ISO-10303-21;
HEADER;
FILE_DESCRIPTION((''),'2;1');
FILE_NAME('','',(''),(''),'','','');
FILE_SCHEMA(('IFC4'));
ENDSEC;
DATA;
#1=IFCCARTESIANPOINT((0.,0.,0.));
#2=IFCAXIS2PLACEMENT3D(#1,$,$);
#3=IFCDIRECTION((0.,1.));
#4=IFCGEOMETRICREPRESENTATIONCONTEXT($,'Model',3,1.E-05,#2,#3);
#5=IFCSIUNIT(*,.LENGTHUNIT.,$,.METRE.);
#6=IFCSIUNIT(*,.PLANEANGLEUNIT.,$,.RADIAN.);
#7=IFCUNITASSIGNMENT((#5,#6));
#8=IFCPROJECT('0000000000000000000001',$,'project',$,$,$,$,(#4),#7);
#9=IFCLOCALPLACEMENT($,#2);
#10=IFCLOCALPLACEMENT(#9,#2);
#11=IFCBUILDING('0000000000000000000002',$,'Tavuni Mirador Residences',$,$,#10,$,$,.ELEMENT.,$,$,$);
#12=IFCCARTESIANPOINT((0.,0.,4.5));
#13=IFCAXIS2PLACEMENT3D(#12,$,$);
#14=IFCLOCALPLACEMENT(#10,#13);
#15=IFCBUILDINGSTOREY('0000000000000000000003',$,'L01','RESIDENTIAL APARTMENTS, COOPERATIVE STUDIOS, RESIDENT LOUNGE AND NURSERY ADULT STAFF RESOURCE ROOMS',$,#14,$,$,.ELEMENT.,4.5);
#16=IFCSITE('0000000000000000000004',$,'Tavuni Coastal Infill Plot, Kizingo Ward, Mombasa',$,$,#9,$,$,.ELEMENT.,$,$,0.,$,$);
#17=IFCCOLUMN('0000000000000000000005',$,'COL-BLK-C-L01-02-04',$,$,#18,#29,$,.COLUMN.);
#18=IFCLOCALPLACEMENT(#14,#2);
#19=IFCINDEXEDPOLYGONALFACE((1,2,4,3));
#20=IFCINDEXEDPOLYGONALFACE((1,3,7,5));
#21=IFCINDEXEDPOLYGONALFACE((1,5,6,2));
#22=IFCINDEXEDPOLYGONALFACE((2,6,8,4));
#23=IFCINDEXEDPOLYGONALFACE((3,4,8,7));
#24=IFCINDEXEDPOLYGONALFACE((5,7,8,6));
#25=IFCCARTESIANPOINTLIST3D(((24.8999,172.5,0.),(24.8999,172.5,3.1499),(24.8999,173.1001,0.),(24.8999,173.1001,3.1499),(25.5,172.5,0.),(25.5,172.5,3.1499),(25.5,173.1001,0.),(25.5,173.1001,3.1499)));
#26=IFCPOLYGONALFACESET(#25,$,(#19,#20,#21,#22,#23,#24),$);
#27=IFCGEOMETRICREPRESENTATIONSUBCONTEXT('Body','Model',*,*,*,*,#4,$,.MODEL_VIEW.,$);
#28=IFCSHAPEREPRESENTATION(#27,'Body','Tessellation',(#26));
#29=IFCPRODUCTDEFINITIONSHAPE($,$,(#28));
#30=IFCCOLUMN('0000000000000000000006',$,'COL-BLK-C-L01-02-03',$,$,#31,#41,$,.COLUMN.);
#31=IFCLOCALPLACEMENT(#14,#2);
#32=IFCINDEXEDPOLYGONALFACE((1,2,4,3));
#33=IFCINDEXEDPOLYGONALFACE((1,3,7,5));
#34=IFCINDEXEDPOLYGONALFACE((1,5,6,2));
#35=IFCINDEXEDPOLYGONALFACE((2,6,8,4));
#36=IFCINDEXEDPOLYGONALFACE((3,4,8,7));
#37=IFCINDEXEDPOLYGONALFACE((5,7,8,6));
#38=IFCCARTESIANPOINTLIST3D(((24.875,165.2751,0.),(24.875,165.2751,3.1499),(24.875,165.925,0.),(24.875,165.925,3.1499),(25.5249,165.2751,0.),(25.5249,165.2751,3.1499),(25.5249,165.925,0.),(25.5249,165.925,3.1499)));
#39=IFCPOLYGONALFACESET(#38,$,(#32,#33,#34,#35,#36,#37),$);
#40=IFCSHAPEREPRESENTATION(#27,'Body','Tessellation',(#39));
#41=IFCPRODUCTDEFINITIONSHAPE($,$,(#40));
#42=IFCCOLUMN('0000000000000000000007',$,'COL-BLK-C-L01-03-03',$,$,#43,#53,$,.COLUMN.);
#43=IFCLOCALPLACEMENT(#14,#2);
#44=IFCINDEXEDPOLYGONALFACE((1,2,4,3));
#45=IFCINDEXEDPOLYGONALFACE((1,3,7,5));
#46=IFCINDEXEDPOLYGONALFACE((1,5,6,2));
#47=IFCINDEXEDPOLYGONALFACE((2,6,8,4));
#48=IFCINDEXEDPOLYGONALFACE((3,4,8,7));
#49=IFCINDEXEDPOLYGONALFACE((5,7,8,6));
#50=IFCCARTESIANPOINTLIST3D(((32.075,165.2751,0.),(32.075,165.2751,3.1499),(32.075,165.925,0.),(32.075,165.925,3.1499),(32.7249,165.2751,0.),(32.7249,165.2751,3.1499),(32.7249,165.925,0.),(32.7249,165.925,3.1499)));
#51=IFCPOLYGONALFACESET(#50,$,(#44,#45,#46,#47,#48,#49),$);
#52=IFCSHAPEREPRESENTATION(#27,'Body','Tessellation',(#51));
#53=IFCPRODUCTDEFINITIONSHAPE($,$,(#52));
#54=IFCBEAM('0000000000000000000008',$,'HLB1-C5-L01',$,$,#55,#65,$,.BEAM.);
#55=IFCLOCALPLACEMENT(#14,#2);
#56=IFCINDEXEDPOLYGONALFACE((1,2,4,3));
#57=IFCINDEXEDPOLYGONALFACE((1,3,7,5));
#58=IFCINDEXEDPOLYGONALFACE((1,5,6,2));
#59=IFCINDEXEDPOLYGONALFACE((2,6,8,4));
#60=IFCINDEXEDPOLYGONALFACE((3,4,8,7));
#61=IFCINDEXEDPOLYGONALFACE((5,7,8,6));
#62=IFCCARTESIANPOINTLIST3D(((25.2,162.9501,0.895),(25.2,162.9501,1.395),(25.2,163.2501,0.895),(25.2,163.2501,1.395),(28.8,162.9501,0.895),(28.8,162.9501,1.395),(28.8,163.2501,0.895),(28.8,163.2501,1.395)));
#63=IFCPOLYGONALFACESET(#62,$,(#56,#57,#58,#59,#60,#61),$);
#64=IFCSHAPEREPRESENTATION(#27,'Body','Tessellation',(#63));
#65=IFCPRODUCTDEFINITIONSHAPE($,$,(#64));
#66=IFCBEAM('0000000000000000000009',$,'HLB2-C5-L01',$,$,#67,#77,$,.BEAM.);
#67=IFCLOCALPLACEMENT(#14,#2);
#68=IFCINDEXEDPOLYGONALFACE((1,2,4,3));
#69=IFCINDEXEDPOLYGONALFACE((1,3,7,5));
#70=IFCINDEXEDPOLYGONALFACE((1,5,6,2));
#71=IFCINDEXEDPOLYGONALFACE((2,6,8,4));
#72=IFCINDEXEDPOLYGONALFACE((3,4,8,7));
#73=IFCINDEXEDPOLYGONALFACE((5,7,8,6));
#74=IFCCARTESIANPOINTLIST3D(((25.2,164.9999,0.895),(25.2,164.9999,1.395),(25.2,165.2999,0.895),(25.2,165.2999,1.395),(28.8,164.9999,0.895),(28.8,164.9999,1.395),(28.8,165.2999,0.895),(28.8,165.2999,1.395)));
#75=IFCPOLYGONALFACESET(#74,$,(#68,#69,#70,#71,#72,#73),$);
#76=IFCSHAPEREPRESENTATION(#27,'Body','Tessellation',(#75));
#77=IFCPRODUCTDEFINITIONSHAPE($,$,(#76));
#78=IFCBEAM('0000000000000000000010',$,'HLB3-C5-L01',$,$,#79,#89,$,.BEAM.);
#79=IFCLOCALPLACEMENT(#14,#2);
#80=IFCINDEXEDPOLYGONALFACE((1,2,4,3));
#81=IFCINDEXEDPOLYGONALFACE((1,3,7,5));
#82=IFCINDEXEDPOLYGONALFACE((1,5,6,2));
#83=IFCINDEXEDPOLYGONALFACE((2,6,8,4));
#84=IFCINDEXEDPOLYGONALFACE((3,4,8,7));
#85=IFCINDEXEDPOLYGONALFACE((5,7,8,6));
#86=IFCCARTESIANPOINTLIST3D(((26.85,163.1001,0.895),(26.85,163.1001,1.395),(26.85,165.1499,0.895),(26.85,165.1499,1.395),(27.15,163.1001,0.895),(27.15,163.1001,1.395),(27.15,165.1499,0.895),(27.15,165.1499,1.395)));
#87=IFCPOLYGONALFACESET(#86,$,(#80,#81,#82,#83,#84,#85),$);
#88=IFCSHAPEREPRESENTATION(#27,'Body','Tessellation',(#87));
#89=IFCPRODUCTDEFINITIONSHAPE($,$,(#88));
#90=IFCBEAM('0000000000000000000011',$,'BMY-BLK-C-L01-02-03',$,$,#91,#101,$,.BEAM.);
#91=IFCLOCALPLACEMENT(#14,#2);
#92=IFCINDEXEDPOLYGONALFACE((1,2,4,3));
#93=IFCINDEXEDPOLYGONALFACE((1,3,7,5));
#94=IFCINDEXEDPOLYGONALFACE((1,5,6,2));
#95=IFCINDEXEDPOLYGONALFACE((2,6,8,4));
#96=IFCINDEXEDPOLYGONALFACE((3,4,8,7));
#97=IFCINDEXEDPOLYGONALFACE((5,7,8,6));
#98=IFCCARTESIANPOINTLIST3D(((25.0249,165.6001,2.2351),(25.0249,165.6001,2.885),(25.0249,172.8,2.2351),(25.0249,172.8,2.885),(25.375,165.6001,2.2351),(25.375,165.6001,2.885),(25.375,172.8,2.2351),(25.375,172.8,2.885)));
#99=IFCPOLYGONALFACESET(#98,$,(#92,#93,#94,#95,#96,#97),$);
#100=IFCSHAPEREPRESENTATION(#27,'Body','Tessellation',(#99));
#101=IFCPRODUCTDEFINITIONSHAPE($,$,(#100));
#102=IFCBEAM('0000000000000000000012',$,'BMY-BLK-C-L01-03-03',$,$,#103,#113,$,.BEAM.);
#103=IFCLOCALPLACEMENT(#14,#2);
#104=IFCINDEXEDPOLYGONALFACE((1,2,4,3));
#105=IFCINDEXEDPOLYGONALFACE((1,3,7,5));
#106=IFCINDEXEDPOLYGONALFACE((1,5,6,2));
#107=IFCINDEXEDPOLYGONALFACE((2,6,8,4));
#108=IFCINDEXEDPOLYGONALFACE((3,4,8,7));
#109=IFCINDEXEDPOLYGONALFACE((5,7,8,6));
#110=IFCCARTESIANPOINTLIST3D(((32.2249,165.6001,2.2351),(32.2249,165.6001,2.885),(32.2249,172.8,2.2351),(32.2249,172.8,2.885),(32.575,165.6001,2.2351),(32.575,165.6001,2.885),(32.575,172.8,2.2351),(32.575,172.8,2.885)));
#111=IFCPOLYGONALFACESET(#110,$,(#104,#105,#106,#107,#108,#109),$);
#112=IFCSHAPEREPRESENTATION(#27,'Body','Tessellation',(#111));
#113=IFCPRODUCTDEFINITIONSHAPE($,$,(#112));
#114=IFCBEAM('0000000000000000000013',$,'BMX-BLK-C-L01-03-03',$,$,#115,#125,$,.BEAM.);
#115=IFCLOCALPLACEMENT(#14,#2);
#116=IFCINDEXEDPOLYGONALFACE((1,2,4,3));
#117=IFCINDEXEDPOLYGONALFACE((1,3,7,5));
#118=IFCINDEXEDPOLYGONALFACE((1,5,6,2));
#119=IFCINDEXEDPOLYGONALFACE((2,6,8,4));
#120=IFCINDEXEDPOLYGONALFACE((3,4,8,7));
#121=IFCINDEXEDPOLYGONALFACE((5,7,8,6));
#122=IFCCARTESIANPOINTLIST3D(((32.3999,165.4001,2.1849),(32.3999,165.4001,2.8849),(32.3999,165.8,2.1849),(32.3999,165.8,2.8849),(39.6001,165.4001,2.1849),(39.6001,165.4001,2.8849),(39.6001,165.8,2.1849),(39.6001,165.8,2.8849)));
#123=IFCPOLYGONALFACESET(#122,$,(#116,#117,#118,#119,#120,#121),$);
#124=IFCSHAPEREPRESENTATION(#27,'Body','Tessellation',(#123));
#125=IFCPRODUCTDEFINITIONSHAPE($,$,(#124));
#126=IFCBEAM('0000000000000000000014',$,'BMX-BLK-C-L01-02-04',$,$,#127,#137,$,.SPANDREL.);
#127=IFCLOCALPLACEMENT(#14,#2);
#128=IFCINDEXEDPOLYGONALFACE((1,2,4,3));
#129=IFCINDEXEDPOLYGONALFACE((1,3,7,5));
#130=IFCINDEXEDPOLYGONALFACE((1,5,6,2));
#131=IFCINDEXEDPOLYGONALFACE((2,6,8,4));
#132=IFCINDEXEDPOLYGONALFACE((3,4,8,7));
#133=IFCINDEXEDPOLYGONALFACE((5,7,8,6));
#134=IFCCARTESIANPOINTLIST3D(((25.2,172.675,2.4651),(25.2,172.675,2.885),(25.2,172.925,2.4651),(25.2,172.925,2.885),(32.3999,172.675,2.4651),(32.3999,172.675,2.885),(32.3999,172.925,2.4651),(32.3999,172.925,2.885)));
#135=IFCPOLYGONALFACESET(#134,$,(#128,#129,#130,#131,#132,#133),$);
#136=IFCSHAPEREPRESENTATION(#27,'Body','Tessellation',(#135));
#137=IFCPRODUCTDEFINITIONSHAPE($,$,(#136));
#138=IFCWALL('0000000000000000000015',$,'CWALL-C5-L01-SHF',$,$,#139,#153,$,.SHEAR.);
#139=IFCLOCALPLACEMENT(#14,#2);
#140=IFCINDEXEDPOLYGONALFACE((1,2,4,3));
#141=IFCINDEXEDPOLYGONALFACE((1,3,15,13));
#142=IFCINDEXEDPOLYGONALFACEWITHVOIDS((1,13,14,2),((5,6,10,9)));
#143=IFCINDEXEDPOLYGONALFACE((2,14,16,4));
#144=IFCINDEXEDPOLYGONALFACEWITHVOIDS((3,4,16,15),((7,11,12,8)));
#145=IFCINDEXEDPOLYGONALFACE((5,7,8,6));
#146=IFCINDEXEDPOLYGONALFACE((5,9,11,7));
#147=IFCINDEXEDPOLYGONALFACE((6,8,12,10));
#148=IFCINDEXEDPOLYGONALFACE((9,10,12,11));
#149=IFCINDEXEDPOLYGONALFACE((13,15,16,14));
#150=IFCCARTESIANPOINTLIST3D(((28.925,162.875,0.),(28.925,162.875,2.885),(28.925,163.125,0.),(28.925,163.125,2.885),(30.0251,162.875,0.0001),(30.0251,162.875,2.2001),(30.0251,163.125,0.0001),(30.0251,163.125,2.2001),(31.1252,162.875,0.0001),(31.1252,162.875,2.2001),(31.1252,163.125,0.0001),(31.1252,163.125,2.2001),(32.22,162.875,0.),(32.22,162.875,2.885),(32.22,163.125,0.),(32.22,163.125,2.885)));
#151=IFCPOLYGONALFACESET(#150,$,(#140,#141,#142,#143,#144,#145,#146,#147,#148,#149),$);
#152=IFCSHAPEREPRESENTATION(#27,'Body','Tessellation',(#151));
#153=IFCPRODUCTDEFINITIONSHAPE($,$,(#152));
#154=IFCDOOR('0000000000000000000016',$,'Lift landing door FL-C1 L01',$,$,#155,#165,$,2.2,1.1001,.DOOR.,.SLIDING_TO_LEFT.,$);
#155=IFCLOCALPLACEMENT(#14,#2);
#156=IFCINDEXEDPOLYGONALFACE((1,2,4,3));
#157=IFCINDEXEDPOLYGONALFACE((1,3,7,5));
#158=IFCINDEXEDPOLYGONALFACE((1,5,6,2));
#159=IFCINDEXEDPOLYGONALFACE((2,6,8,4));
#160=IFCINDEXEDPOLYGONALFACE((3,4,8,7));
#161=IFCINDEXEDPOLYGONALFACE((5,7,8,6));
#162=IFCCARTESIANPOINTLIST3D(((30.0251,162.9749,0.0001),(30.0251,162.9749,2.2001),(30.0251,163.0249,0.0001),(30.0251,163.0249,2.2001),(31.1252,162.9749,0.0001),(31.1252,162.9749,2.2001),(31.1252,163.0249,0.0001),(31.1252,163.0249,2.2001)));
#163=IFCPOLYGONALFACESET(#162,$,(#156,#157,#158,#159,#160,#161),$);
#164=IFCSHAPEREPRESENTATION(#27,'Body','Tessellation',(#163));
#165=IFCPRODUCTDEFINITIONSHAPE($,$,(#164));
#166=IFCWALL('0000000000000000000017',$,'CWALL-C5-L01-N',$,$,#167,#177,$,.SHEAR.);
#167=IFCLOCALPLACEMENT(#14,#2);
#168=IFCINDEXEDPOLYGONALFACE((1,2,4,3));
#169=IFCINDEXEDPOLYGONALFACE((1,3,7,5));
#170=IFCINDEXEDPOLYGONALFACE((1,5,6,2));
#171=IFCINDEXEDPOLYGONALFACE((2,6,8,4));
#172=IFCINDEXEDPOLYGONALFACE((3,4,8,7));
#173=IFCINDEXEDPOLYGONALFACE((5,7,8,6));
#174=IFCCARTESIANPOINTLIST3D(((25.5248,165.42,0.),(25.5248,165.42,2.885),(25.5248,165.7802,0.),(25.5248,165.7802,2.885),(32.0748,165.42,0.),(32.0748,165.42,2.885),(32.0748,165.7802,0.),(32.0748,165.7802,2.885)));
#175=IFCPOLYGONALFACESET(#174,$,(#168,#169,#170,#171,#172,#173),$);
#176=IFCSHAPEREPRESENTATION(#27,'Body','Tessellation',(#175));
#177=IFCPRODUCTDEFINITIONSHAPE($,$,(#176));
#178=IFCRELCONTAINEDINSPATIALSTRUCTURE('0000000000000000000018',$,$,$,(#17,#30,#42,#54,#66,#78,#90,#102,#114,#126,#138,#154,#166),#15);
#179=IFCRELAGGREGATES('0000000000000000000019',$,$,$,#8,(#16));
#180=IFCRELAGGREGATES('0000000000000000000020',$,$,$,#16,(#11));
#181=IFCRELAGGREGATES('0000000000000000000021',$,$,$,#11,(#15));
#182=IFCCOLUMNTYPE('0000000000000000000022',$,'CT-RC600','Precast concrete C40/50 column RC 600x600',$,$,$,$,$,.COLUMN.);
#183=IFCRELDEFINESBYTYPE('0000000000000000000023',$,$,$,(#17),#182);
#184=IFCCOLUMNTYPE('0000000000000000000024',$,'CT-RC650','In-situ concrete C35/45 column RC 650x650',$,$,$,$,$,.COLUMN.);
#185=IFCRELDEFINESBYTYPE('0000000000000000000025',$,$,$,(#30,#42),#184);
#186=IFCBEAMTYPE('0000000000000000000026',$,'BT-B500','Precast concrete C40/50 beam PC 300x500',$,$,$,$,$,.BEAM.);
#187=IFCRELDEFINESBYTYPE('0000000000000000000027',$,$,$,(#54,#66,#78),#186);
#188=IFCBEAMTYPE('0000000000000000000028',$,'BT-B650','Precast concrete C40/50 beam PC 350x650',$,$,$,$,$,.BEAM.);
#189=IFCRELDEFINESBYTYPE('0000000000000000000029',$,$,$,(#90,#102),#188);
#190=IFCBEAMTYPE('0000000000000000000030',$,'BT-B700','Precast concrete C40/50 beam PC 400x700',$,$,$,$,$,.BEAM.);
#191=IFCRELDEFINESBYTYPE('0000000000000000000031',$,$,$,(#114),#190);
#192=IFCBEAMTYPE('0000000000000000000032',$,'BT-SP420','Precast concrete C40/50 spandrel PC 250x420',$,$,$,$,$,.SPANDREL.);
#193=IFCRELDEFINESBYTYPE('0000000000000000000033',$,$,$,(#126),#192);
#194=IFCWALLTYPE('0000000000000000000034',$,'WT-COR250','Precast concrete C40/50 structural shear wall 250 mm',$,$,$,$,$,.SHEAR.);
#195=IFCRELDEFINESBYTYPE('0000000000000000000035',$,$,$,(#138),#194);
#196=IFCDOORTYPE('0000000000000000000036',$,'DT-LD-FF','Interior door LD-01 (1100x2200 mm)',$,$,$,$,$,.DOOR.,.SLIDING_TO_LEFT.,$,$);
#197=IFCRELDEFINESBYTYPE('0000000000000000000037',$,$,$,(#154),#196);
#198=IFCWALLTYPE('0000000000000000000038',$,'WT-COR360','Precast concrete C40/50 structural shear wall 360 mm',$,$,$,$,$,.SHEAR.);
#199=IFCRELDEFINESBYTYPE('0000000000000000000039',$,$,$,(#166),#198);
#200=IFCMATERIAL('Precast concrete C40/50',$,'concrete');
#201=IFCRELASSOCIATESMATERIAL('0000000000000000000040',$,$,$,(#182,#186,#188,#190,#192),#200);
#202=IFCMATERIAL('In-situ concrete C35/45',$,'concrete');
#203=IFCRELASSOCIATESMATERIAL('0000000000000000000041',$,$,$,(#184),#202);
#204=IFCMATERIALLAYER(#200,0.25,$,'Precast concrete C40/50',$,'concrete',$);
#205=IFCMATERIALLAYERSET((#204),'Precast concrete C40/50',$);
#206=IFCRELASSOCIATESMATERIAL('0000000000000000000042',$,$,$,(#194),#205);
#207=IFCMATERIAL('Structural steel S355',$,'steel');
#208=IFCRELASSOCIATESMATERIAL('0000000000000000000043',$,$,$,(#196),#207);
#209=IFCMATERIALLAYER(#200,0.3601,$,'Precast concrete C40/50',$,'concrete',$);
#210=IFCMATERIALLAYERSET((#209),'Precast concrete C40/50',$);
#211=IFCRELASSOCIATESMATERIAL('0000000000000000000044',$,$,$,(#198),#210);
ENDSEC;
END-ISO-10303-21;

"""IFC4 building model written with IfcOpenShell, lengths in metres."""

from ifc_helpers import new_model, si_unit, direction, frame, frame_2d, origin, origin_2d, place, context, subcontext, project, spatial, rectangle, extrude, material, layer, layer_set, material_profile, profile_set, type_object, element, fill, save


model = new_model("IFC4")

# Units and contexts
model_context = context("Model", 3, precision=1e-05, world=origin(), true_north=direction((0.0, 1.0)))
body_context = subcontext(model_context, "Body", "Model", "MODEL_VIEW")
ifc_project = project(units=[si_unit("LENGTHUNIT", "METRE"), si_unit("PLANEANGLEUNIT", "RADIAN")], contexts=[model_context])

# Site, building, storey
site_placement = place(None, origin())
site = spatial("IfcSite", under=ifc_project, at=site_placement, Name="Tavuni Coastal Infill Plot, Kizingo Ward, Mombasa", CompositionType="ELEMENT", RefElevation=0.0)
building_placement = place(site_placement, origin())
building = spatial("IfcBuilding", under=site, at=building_placement, Name="Tavuni Mirador Residences", CompositionType="ELEMENT")
storey_placement = place(building_placement, frame((0.0, 0.0, 4.5)))
storey = spatial("IfcBuildingStorey", under=building, at=storey_placement, Name="L01", Description="RESIDENTIAL APARTMENTS, COOPERATIVE STUDIOS, RESIDENT LOUNGE AND NURSERY ADULT STAFF RESOURCE ROOMS", CompositionType="ELEMENT", Elevation=4.5)

# Columns
ifc_material_1 = material(Name="Precast concrete C40/50", Category="concrete")
ifc_material_profile_1 = material_profile(ifc_material_1, rectangle(XDim=0.6001, YDim=0.6001, at=origin_2d()), Name="RC 600x600", Category="concrete")
ifc_profile_set_1 = profile_set([ifc_material_profile_1], Name="Precast concrete C40/50")
column_type_1 = type_object("IfcColumnType", Name="CT-RC600", Description="Precast concrete C40/50 column RC 600x600", PredefinedType="COLUMN", material=ifc_profile_set_1)
column_placement = place(storey_placement, frame((25.2, 172.8, 0.0), z_axis=(0.0, 0.0, 1.0), x_axis=(1.0, 0.0, 0.0)))
element("IfcColumn", 1, at=column_placement, inside=storey, type_object=column_type_1, Name="COL-BLK-C-L01-02-04", PredefinedType="COLUMN", context=body_context, shape_type="SweptSolid", body=[
    extrude(rectangle(XDim=0.6001, YDim=0.6001, at=origin_2d()), origin(), (0.0, 0.0, 1.0), 3.1499),
])
ifc_material_2 = material(Name="In-situ concrete C35/45", Category="concrete")
ifc_material_profile_2 = material_profile(ifc_material_2, rectangle(XDim=0.6499, YDim=0.6499, at=origin_2d()), Name="RC 650x650", Category="concrete")
ifc_profile_set_2 = profile_set([ifc_material_profile_2], Name="In-situ concrete C35/45")
column_type_2 = type_object("IfcColumnType", Name="CT-RC650", Description="In-situ concrete C35/45 column RC 650x650", PredefinedType="COLUMN", material=ifc_profile_set_2)
for number, where, z_axis, x_axis, name in (
    (2, (25.2, 165.6001, 0.0), (0.0, 0.0, 1.0), (1.0, 0.0, 0.0), "COL-BLK-C-L01-02-03"),
    (3, (32.3999, 165.6001, 0.0), (0.0, 0.0, 1.0), (1.0, 0.0, 0.0), "COL-BLK-C-L01-03-03"),
):
    element("IfcColumn", number, at=place(storey_placement, frame(where, z_axis=z_axis, x_axis=x_axis)), inside=storey, type_object=column_type_2, Name=name, PredefinedType="COLUMN", context=body_context, shape_type="SweptSolid", body=[
        extrude(rectangle(XDim=0.6499, YDim=0.6499, at=origin_2d()), origin(), (0.0, 0.0, 1.0), 3.1499),
    ])

# Beams
ifc_material_profile_3 = material_profile(ifc_material_1, rectangle(XDim=0.3, YDim=0.5, at=origin_2d()), Name="PC 300x500", Category="concrete")
ifc_profile_set_3 = profile_set([ifc_material_profile_3], Name="Precast concrete C40/50")
beam_type_1 = type_object("IfcBeamType", Name="BT-B500", Description="Precast concrete C40/50 beam PC 300x500", PredefinedType="BEAM", material=ifc_profile_set_3)
for number, where, z_axis, x_axis, name in (
    (4, (25.2, 163.1001, 1.145), (1.0, 0.0, 0.0), (0.0, 1.0, 0.0), "HLB1-C5-L01"),
    (5, (25.2, 165.1499, 1.145), (1.0, 0.0, 0.0), (0.0, 1.0, 0.0), "HLB2-C5-L01"),
):
    element("IfcBeam", number, at=place(storey_placement, frame(where, z_axis=z_axis, x_axis=x_axis)), inside=storey, type_object=beam_type_1, Name=name, PredefinedType="BEAM", context=body_context, shape_type="SweptSolid", body=[
        extrude(rectangle(XDim=0.3, YDim=0.5, at=origin_2d()), origin(), (0.0, 0.0, 1.0), 3.6001),
    ])
beam_1_placement = place(storey_placement, frame((27.0, 163.1001, 1.145), z_axis=(0.0, 1.0, 0.0), x_axis=(-1.0, 0.0, 0.0)))
element("IfcBeam", 6, at=beam_1_placement, inside=storey, type_object=beam_type_1, Name="HLB3-C5-L01", PredefinedType="BEAM", context=body_context, shape_type="SweptSolid", body=[
    extrude(rectangle(XDim=0.3, YDim=0.5, at=origin_2d()), origin(), (0.0, 0.0, 1.0), 2.0498),
])
ifc_material_profile_4 = material_profile(ifc_material_1, rectangle(XDim=0.3501, YDim=0.6499, at=origin_2d()), Name="PC 350x650", Category="concrete")
ifc_profile_set_4 = profile_set([ifc_material_profile_4], Name="Precast concrete C40/50")
beam_type_2 = type_object("IfcBeamType", Name="BT-B650", Description="Precast concrete C40/50 beam PC 350x650", PredefinedType="BEAM", material=ifc_profile_set_4)
for number, where, z_axis, x_axis, name in (
    (7, (25.2, 165.6001, 2.5601), (0.0, 1.0, 0.0), (-1.0, 0.0, 0.0), "BMY-BLK-C-L01-02-03"),
    (8, (32.3999, 165.6001, 2.5601), (0.0, 1.0, 0.0), (-1.0, 0.0, 0.0), "BMY-BLK-C-L01-03-03"),
):
    element("IfcBeam", number, at=place(storey_placement, frame(where, z_axis=z_axis, x_axis=x_axis)), inside=storey, type_object=beam_type_2, Name=name, PredefinedType="BEAM", context=body_context, shape_type="SweptSolid", body=[
        extrude(rectangle(XDim=0.3501, YDim=0.6499, at=origin_2d()), origin(), (0.0, 0.0, 1.0), 7.2),
    ])
ifc_material_profile_5 = material_profile(ifc_material_1, rectangle(XDim=0.3999, YDim=0.7, at=origin_2d()), Name="PC 400x700", Category="concrete")
ifc_profile_set_5 = profile_set([ifc_material_profile_5], Name="Precast concrete C40/50")
beam_type_3 = type_object("IfcBeamType", Name="BT-B700", Description="Precast concrete C40/50 beam PC 400x700", PredefinedType="BEAM", material=ifc_profile_set_5)
beam_2_placement = place(storey_placement, frame((32.3999, 165.6001, 2.5349), z_axis=(1.0, 0.0, 0.0), x_axis=(0.0, 1.0, 0.0)))
element("IfcBeam", 9, at=beam_2_placement, inside=storey, type_object=beam_type_3, Name="BMX-BLK-C-L01-03-03", PredefinedType="BEAM", context=body_context, shape_type="SweptSolid", body=[
    extrude(rectangle(XDim=0.3999, YDim=0.7, at=origin_2d()), origin(), (0.0, 0.0, 1.0), 7.2002),
])
ifc_material_profile_6 = material_profile(ifc_material_1, rectangle(XDim=0.25, YDim=0.4199, at=origin_2d()), Name="PC 250x420", Category="concrete")
ifc_profile_set_6 = profile_set([ifc_material_profile_6], Name="Precast concrete C40/50")
beam_type_4 = type_object("IfcBeamType", Name="BT-SP420", Description="Precast concrete C40/50 spandrel PC 250x420", PredefinedType="SPANDREL", material=ifc_profile_set_6)
beam_3_placement = place(storey_placement, frame((25.2, 172.8, 2.675), z_axis=(1.0, 0.0, 0.0), x_axis=(0.0, 1.0, 0.0)))
element("IfcBeam", 10, at=beam_3_placement, inside=storey, type_object=beam_type_4, Name="BMX-BLK-C-L01-02-04", PredefinedType="SPANDREL", context=body_context, shape_type="SweptSolid", body=[
    extrude(rectangle(XDim=0.25, YDim=0.4199, at=origin_2d()), origin(), (0.0, 0.0, 1.0), 7.2),
])

# Wall, opening, door
ifc_layer_1 = layer(ifc_material_1, 0.25, Name="Precast concrete C40/50", Category="concrete")
ifc_layer_set_1 = layer_set([ifc_layer_1], Name="Precast concrete C40/50")
wall_type_1 = type_object("IfcWallType", Name="WT-COR250", Description="Precast concrete C40/50 structural shear wall 250 mm", PredefinedType="SHEAR", material=ifc_layer_set_1)
wall_1_placement = place(storey_placement, frame((28.925, 163.0, 0.0), z_axis=(0.0, 0.0, 1.0), x_axis=(1.0, 0.0, 0.0)))
wall_1 = element("IfcWall", 11, at=wall_1_placement, inside=storey, type_object=wall_type_1, Name="CWALL-C5-L01-SHF", PredefinedType="SHEAR", context=body_context, shape_type="SweptSolid", body=[
    extrude(rectangle(XDim=3.2949, YDim=0.25, at=frame_2d((1.6475, 0.0))), origin(), (0.0, 0.0, 1.0), 2.885),
])
opening_1_placement = place(wall_1_placement, frame((1.1001, 0.0, 0.0)))
opening_1 = element("IfcOpeningElement", 12, at=opening_1_placement, cuts=wall_1, PredefinedType="OPENING", context=body_context, shape_type="SweptSolid", body=[
    extrude(rectangle(XDim=1.1001, YDim=2.2, at=frame_2d((0.55, 1.1001))), frame((0.0, 0.135, 0.0), z_axis=(0.0, -1.0, 0.0), x_axis=(1.0, 0.0, 0.0)), (0.0, 0.0, 1.0), 0.27),
])
ifc_material_3 = material(Name="Structural steel S355", Category="steel")
door_type_1 = type_object("IfcDoorType", Name="DT-LD-FF", Description="Interior door LD-01 (1100x2200 mm)", OperationType="SLIDING_TO_LEFT", PredefinedType="DOOR", material=ifc_material_3)
door_1_placement = place(opening_1_placement, origin())
door_1 = element("IfcDoor", 13, at=door_1_placement, inside=storey, type_object=door_type_1, Name="Lift landing door FL-C1 L01", OperationType="SLIDING_TO_LEFT", OverallHeight=2.2, OverallWidth=1.1001, PredefinedType="DOOR", context=body_context, shape_type="SweptSolid", body=[
    extrude(rectangle(XDim=1.1001, YDim=2.2, at=frame_2d((0.55, 1.1001))), frame((0.0, 0.0249, 0.0), z_axis=(0.0, -1.0, 0.0), x_axis=(1.0, 0.0, 0.0)), (0.0, 0.0, 1.0), 0.05),
])
fill(opening_1, door_1)

# Wall
ifc_layer_2 = layer(ifc_material_1, 0.3601, Name="Precast concrete C40/50", Category="concrete")
ifc_layer_set_2 = layer_set([ifc_layer_2], Name="Precast concrete C40/50")
wall_type_2 = type_object("IfcWallType", Name="WT-COR360", Description="Precast concrete C40/50 structural shear wall 360 mm", PredefinedType="SHEAR", material=ifc_layer_set_2)
wall_2_placement = place(storey_placement, frame((25.5249, 165.6001, 0.0), z_axis=(0.0, 0.0, 1.0), x_axis=(1.0, 0.0, 0.0)))
element("IfcWall", 14, at=wall_2_placement, inside=storey, type_object=wall_type_2, Name="CWALL-C5-L01-N", PredefinedType="SHEAR", context=body_context, shape_type="SweptSolid", body=[
    extrude(rectangle(XDim=6.55, YDim=0.3601, at=frame_2d((3.2749, 0.0))), origin(), (0.0, 0.0, 1.0), 2.885),
])

save(model, "model.ifc")
